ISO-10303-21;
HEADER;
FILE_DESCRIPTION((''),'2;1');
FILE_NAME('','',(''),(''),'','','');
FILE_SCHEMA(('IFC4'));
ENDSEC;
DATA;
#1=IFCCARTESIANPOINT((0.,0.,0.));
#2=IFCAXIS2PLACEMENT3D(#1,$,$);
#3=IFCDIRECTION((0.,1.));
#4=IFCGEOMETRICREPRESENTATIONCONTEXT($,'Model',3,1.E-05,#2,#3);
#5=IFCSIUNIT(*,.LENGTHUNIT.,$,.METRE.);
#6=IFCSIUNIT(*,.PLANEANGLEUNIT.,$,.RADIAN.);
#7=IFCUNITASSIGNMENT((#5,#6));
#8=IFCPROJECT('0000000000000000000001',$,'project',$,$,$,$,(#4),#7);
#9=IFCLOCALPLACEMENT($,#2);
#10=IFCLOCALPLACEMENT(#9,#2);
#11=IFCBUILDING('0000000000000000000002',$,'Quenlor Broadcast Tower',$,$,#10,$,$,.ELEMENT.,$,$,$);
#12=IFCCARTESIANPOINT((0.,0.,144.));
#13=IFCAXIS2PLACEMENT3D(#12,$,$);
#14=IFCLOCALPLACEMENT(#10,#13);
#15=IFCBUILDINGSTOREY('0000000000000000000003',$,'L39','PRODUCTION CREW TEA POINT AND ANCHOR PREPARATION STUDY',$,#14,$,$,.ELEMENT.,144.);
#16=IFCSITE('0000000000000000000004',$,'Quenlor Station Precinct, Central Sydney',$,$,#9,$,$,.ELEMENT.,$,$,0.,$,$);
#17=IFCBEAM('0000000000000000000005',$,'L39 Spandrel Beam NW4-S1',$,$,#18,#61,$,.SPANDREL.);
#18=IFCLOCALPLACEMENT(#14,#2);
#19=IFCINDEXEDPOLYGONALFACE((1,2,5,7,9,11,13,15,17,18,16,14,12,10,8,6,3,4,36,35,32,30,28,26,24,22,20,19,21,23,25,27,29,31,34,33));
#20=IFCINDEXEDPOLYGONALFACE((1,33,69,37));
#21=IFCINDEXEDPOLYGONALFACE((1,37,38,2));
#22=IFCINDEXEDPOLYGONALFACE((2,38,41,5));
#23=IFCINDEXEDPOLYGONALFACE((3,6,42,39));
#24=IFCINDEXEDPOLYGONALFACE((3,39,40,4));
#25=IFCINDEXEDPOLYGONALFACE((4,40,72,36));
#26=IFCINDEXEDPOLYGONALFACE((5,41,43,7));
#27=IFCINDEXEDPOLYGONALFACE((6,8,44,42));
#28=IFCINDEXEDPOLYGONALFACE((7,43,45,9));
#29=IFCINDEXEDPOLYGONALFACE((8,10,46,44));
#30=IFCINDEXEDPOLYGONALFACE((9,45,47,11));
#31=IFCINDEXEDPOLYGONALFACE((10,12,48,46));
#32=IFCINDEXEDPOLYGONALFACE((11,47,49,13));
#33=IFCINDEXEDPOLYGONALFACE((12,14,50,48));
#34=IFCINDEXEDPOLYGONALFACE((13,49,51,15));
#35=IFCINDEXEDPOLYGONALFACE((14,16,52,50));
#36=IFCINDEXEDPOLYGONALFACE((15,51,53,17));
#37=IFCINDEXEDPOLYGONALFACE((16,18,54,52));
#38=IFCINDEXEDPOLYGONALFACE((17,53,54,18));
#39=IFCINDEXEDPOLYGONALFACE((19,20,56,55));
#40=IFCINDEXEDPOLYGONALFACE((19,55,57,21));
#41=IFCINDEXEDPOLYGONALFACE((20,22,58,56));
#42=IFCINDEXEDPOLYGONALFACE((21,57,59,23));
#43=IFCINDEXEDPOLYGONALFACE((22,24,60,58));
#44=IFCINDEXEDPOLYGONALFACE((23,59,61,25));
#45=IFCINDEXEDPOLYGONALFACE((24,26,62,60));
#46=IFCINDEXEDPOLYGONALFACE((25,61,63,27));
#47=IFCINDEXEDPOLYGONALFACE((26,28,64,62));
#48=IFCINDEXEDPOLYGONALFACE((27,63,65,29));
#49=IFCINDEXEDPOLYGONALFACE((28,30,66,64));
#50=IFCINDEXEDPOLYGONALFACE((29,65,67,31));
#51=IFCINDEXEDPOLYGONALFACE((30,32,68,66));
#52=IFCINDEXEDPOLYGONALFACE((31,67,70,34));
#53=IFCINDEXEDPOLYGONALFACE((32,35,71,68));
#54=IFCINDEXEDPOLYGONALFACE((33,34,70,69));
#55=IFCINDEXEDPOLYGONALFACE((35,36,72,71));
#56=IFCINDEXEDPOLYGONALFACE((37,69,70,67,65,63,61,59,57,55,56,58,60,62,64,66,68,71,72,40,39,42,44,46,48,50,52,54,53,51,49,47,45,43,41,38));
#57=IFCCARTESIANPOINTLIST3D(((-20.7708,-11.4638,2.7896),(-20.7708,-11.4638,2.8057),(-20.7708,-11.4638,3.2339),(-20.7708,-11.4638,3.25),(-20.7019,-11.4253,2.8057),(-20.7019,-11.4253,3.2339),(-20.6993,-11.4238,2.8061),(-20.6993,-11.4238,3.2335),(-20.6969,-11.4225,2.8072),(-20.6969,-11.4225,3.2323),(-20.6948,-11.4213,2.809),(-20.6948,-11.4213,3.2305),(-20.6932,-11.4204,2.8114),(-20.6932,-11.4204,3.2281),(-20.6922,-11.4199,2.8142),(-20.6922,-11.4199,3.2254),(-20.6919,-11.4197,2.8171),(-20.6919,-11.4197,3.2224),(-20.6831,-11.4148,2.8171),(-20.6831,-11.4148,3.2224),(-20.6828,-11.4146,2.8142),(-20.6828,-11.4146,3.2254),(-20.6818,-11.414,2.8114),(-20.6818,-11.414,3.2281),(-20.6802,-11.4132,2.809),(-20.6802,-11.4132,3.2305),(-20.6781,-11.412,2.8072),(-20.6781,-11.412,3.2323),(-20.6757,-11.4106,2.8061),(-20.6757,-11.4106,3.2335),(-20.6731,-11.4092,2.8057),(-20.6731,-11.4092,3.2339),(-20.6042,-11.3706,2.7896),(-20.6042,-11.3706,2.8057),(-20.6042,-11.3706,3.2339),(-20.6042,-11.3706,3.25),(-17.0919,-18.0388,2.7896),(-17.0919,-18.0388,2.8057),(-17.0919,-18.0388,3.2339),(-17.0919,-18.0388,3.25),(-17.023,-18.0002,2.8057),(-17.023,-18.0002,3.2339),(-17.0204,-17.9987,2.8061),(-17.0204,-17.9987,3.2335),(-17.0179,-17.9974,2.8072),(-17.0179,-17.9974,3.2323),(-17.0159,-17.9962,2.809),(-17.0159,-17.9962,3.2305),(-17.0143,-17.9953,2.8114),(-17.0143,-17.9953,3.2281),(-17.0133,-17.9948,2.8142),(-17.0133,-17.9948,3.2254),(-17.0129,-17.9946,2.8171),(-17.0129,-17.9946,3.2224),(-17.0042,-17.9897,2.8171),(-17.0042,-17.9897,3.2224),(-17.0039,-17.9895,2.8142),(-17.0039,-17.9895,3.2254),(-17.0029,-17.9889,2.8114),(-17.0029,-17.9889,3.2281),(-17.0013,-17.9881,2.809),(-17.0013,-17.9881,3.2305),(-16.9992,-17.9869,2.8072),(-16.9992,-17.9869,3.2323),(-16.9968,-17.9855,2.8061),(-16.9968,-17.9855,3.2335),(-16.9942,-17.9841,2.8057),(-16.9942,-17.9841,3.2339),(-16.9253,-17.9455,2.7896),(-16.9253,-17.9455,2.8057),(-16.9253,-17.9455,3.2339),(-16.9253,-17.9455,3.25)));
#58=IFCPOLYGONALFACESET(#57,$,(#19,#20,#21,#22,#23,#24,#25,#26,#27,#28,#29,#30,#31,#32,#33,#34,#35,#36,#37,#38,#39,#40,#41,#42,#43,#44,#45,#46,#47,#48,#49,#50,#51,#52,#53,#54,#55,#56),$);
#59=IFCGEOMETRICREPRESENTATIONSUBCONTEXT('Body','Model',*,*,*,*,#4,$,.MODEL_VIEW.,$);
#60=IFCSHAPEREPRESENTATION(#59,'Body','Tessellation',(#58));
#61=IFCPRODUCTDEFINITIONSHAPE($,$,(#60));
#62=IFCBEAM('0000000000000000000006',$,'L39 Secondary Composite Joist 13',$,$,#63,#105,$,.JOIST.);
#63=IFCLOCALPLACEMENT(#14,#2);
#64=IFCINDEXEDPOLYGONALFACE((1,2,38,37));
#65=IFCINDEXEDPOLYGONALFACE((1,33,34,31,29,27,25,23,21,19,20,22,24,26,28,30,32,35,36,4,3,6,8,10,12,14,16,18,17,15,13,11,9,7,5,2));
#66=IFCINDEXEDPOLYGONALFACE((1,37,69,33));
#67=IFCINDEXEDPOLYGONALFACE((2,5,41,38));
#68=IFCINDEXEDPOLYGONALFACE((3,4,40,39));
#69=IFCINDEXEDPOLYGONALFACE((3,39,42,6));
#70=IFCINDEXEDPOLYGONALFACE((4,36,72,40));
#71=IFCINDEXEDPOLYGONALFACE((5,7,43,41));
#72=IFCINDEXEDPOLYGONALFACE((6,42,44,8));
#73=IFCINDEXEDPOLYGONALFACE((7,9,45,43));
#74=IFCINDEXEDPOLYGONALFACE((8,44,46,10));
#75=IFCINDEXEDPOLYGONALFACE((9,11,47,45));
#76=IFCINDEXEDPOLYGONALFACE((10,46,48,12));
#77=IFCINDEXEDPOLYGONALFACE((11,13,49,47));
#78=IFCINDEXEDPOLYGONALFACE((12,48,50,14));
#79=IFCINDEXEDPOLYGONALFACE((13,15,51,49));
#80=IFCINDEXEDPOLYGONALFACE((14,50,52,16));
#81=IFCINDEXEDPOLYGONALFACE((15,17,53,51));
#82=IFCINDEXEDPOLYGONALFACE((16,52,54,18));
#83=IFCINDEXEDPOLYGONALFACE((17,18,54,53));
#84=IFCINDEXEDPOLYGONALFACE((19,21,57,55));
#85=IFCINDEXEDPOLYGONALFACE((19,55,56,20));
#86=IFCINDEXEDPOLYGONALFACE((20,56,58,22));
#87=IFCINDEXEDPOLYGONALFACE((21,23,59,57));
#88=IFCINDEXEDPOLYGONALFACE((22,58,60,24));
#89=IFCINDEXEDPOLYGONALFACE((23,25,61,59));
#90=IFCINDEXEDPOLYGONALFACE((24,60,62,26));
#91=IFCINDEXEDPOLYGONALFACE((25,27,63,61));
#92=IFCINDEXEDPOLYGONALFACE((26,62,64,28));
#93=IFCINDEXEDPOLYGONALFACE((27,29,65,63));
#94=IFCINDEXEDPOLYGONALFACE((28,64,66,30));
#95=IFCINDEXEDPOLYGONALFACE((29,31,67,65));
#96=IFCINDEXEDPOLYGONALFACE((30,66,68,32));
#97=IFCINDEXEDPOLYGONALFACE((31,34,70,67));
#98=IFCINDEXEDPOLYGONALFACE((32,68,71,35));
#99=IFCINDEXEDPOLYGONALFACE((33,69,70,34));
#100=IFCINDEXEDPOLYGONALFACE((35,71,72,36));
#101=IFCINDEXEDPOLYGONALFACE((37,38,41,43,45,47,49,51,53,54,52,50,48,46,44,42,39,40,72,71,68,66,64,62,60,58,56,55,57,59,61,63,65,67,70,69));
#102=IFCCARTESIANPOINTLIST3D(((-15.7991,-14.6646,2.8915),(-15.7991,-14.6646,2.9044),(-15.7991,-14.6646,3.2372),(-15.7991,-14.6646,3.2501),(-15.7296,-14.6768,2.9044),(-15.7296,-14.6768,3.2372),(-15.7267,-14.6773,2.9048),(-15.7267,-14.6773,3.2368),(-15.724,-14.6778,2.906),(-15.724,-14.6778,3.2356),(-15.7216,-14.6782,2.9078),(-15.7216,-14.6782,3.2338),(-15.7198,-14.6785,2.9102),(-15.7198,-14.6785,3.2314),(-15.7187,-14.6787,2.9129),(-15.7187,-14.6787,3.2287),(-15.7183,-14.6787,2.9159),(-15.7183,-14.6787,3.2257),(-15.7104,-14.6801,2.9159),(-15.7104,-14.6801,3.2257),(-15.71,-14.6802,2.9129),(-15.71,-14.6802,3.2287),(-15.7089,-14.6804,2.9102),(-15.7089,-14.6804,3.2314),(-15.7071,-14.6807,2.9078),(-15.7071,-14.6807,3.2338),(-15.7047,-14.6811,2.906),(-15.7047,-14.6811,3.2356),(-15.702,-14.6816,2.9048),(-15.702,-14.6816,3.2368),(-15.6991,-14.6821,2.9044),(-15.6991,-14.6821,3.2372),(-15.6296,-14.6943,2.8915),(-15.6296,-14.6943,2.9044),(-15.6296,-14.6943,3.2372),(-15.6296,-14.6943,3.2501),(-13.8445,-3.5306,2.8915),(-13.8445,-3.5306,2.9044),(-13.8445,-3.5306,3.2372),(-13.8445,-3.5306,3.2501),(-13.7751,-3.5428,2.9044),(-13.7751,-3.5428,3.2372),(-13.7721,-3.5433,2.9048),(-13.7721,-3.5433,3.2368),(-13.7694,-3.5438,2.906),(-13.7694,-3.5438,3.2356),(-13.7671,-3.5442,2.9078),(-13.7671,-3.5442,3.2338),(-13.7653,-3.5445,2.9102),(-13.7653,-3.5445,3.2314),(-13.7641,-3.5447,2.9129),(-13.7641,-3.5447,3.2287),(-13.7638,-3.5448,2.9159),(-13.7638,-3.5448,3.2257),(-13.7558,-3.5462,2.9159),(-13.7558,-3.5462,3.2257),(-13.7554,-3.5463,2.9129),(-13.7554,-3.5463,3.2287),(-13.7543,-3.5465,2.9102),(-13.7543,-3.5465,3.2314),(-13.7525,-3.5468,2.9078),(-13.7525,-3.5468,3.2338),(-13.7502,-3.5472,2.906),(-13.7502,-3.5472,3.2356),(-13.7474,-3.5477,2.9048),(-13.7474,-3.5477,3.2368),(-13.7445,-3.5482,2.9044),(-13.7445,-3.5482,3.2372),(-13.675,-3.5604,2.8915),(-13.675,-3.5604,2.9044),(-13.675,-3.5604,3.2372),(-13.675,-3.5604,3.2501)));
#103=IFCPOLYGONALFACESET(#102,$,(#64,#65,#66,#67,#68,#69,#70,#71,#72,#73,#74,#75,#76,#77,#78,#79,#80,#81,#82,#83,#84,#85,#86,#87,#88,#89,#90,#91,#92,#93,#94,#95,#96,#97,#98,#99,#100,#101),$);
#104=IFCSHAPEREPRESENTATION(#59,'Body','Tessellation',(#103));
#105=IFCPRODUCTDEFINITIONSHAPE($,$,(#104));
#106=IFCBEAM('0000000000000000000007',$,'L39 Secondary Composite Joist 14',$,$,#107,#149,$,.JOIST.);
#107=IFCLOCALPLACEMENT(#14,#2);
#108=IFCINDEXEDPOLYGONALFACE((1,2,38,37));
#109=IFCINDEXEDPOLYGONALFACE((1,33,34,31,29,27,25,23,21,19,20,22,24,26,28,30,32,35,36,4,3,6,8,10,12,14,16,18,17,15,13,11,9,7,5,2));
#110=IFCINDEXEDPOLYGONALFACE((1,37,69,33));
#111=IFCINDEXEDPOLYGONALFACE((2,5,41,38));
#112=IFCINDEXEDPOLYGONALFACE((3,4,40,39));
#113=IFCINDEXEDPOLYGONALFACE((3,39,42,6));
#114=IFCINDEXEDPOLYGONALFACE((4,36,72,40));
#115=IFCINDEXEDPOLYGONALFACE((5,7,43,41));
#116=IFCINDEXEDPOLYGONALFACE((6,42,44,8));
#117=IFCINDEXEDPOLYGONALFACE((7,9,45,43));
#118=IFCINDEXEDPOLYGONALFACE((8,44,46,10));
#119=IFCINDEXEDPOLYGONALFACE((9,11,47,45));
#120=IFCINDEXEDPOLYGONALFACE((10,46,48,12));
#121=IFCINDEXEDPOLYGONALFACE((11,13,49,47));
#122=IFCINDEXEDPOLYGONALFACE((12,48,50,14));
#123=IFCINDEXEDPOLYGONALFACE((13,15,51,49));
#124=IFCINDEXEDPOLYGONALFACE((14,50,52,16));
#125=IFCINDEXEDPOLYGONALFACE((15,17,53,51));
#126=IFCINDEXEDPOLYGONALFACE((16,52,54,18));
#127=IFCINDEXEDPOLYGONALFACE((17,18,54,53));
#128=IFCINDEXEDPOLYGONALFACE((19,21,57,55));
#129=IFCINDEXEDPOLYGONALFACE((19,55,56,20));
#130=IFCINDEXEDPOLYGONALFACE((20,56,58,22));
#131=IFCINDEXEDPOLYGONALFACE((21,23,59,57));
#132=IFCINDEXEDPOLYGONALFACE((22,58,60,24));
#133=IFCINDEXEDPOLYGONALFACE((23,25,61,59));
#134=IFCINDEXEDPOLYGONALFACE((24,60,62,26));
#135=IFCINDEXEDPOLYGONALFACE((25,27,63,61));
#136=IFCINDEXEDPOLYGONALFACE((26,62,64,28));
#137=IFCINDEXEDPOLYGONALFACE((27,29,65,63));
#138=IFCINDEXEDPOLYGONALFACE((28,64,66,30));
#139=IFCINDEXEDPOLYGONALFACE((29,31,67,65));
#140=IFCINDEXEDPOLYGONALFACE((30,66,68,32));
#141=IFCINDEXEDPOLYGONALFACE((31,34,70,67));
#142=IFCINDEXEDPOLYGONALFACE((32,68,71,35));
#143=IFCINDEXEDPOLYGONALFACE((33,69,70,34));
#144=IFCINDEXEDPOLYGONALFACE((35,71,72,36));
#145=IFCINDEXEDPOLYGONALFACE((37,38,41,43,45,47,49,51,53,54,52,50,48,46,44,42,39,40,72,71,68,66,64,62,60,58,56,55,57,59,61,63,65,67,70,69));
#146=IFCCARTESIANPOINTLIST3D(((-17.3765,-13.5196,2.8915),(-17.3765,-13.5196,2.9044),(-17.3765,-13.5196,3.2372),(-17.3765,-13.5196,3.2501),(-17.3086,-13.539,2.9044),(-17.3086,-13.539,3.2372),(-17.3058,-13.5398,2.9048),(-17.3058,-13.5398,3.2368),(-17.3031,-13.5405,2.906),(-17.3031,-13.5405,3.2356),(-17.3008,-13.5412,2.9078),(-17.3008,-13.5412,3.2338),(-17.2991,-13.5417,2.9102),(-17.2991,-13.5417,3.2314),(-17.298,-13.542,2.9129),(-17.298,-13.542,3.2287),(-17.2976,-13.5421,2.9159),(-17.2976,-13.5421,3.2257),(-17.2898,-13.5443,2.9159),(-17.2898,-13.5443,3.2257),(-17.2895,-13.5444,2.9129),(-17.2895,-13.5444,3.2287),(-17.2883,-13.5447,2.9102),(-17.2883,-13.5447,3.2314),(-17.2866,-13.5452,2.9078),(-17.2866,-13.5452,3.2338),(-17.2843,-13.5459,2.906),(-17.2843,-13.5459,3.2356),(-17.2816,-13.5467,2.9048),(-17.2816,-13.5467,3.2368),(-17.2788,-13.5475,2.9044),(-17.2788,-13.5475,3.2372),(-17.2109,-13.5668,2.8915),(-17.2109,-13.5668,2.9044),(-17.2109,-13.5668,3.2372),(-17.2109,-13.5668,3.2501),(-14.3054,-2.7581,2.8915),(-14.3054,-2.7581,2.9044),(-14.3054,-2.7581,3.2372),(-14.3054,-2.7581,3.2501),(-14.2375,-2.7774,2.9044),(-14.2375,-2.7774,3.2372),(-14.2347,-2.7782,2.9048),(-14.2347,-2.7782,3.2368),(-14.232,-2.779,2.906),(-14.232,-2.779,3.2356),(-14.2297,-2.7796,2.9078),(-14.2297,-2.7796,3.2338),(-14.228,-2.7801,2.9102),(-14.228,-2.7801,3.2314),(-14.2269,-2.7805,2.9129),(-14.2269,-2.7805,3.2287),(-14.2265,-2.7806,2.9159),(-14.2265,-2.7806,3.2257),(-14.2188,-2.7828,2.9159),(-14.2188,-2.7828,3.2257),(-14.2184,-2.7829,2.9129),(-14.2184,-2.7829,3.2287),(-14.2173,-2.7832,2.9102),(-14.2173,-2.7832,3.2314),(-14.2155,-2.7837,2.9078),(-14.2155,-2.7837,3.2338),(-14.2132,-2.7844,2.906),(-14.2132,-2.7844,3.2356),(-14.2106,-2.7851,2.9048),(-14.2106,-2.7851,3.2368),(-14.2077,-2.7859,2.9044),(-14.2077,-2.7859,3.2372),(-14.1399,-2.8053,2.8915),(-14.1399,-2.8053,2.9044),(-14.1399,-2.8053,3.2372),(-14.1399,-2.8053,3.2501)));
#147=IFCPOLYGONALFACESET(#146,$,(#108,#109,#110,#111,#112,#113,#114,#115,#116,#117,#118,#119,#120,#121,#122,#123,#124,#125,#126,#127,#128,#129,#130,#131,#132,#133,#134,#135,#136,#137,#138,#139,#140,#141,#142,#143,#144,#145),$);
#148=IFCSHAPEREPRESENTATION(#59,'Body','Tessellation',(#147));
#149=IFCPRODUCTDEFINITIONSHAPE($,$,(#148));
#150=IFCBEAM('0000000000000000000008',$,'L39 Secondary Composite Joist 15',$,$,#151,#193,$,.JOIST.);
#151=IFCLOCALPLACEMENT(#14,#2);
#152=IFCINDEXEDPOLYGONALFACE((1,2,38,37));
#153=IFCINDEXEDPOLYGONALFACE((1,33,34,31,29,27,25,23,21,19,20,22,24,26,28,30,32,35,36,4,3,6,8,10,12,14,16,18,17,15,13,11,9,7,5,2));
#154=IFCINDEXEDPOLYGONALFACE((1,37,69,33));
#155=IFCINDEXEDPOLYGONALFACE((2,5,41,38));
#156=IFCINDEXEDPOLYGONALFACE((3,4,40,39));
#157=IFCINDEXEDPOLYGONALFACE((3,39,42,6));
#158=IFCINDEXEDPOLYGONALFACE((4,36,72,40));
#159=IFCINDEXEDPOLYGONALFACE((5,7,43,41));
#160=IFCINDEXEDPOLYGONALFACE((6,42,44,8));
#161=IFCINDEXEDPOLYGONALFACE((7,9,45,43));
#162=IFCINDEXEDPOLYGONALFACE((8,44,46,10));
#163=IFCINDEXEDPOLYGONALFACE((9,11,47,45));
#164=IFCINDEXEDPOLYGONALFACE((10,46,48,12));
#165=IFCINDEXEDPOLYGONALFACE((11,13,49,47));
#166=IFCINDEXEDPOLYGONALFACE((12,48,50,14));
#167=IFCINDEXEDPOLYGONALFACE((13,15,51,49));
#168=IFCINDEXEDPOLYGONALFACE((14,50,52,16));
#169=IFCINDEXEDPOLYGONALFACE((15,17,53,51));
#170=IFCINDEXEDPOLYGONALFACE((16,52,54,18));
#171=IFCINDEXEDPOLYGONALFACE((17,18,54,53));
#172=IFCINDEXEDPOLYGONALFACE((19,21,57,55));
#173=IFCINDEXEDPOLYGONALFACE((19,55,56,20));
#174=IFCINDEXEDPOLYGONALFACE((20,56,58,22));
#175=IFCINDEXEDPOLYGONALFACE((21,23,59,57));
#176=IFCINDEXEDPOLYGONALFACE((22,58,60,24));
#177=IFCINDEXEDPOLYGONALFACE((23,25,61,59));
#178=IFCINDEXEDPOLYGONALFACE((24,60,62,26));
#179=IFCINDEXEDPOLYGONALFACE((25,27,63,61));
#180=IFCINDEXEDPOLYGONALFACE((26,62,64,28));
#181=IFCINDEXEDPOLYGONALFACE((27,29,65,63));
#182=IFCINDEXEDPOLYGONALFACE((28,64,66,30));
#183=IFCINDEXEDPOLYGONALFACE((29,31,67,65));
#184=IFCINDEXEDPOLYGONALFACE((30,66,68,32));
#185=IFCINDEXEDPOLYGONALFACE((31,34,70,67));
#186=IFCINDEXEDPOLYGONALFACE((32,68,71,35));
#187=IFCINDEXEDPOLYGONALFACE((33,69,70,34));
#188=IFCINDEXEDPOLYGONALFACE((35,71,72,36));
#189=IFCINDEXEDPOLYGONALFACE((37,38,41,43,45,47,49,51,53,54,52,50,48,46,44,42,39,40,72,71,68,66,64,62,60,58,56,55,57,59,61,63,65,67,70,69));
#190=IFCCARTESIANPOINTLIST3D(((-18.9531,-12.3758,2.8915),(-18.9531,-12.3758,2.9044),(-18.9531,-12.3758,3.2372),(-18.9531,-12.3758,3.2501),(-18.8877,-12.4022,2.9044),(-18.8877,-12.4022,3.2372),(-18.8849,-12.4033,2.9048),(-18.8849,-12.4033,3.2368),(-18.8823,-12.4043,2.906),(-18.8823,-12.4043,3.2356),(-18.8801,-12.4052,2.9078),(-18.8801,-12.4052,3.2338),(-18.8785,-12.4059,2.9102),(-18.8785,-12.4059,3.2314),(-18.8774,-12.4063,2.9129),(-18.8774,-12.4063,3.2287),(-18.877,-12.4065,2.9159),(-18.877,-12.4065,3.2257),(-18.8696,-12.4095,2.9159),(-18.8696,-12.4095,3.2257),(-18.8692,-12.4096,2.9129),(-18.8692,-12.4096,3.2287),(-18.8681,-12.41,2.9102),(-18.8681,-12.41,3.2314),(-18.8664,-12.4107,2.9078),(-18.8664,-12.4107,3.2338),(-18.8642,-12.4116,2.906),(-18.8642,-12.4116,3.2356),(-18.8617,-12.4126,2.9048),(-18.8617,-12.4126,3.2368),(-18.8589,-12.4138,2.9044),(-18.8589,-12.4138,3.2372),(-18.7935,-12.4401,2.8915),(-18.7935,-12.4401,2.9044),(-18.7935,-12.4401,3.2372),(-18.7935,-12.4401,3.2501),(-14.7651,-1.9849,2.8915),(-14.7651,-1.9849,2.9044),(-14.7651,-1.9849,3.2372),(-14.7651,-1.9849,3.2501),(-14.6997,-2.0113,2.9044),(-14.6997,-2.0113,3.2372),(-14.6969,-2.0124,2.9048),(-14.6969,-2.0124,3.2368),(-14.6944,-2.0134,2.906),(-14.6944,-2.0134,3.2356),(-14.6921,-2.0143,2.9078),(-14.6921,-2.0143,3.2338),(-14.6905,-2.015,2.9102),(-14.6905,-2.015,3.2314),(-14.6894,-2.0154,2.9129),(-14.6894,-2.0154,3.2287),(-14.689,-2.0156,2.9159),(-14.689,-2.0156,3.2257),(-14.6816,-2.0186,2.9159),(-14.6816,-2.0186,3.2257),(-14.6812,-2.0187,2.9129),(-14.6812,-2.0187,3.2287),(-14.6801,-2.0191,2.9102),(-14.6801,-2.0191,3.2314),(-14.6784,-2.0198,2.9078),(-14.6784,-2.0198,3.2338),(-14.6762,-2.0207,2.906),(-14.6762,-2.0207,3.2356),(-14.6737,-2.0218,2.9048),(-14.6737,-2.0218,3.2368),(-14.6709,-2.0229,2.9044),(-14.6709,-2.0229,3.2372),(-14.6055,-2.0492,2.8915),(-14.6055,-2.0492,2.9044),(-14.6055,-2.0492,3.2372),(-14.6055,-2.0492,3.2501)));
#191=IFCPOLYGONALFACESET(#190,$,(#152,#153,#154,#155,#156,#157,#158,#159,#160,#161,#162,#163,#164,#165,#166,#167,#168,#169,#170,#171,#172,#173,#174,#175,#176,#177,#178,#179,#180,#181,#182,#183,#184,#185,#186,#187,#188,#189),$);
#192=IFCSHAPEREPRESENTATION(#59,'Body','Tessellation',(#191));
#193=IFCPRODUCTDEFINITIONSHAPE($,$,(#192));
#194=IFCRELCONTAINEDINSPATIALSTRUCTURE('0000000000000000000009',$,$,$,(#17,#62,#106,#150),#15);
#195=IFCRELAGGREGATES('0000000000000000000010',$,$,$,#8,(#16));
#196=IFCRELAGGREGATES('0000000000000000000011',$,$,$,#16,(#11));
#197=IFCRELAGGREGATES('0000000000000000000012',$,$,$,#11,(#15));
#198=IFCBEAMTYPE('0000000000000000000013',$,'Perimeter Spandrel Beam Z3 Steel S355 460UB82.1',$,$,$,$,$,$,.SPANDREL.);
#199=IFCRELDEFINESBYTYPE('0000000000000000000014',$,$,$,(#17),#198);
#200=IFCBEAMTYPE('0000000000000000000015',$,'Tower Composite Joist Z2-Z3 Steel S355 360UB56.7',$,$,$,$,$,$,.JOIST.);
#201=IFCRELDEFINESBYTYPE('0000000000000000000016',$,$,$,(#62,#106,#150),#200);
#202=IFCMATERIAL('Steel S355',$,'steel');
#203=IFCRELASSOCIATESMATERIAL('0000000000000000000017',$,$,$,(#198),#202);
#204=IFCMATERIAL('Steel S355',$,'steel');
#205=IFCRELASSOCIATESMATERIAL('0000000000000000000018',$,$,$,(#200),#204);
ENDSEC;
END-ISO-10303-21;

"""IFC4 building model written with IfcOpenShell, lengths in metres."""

from ifc_helpers import new_model, si_unit, direction, frame, origin, origin_2d, place, context, subcontext, project, spatial, i_section, extrude, material, material_profile, profile_set, type_object, element, save


model = new_model("IFC4")

# Units and contexts
model_context = context("Model", 3, precision=1e-05, world=origin(), true_north=direction((0.0, 1.0)))
body_context = subcontext(model_context, "Body", "Model", "MODEL_VIEW")
ifc_project = project(units=[si_unit("LENGTHUNIT", "METRE"), si_unit("PLANEANGLEUNIT", "RADIAN")], contexts=[model_context])

# Site, building, storey
site_placement = place(None, origin())
site = spatial("IfcSite", under=ifc_project, at=site_placement, Name="Quenlor Station Precinct, Central Sydney", CompositionType="ELEMENT", RefElevation=0.0)
building_placement = place(site_placement, origin())
building = spatial("IfcBuilding", under=site, at=building_placement, Name="Quenlor Broadcast Tower", CompositionType="ELEMENT")
storey_placement = place(building_placement, frame((0.0, 0.0, 144.0)))
storey = spatial("IfcBuildingStorey", under=building, at=storey_placement, Name="L39", Description="PRODUCTION CREW TEA POINT AND ANCHOR PREPARATION STUDY", CompositionType="ELEMENT", Elevation=144.0)

# Beams
ifc_material_1 = material(Name="Steel S355", Category="steel")
ifc_material_profile_1 = material_profile(ifc_material_1, i_section(OverallWidth=0.1909, OverallDepth=0.4604, WebThickness=0.01, FlangeThickness=0.0161, FilletRadius=0.0115, at=origin_2d()))
ifc_profile_set_1 = profile_set([ifc_material_profile_1], Name="Steel S355 460UB82.1")
beam_type_1 = type_object("IfcBeamType", Name="Perimeter Spandrel Beam Z3 Steel S355 460UB82.1", PredefinedType="SPANDREL", material=ifc_profile_set_1)
beam_1_placement = place(storey_placement, frame((-20.6875, -11.4172, 3.0198), z_axis=(0.488298, -0.872677, 0.0), x_axis=(0.872677, 0.488298, 0.0)))
element("IfcBeam", 1, at=beam_1_placement, inside=storey, type_object=beam_type_1, Name="L39 Spandrel Beam NW4-S1", PredefinedType="SPANDREL", context=body_context, shape_type="SweptSolid", body=[
    extrude(i_section(OverallWidth=0.1909, OverallDepth=0.4604, WebThickness=0.01, FlangeThickness=0.0161, FilletRadius=0.0115, at=origin_2d()), origin(), (0.0, 0.0, 1.0), 7.5342),
])
ifc_material_2 = material(Name="Steel S355", Category="steel")
ifc_material_profile_2 = material_profile(ifc_material_2, i_section(OverallWidth=0.1721, OverallDepth=0.3586, WebThickness=0.0081, FlangeThickness=0.0129, FilletRadius=0.0115, at=origin_2d()))
ifc_profile_set_2 = profile_set([ifc_material_profile_2], Name="Steel S355 360UB56.7")
beam_type_2 = type_object("IfcBeamType", Name="Tower Composite Joist Z2-Z3 Steel S355 360UB56.7", PredefinedType="JOIST", material=ifc_profile_set_2)
beam_2_placement = place(storey_placement, frame((-15.7144, -14.6794, 3.0708), z_axis=(0.172907, 0.984938, 0.0), x_axis=(-0.984938, 0.172907, 0.0)))
element("IfcBeam", 2, at=beam_2_placement, inside=storey, type_object=beam_type_2, Name="L39 Secondary Composite Joist 13", PredefinedType="JOIST", context=body_context, shape_type="SweptSolid", body=[
    extrude(i_section(OverallWidth=0.1721, OverallDepth=0.3586, WebThickness=0.0081, FlangeThickness=0.0129, FilletRadius=0.0115, at=origin_2d()), origin(), (0.0, 0.0, 1.0), 11.3042),
])
beam_3_placement = place(storey_placement, frame((-17.2937, -13.5432, 3.0708), z_axis=(0.274419, 0.96161, 0.0), x_axis=(-0.96161, 0.274419, 0.0)))
element("IfcBeam", 3, at=beam_3_placement, inside=storey, type_object=beam_type_2, Name="L39 Secondary Composite Joist 14", PredefinedType="JOIST", context=body_context, shape_type="SweptSolid", body=[
    extrude(i_section(OverallWidth=0.1721, OverallDepth=0.3586, WebThickness=0.0081, FlangeThickness=0.0129, FilletRadius=0.0115, at=origin_2d()), origin(), (0.0, 0.0, 1.0), 11.1912),
])
beam_4_placement = place(storey_placement, frame((-18.8733, -12.408, 3.0708), z_axis=(0.373824, 0.9275, 0.0), x_axis=(-0.9275, 0.373824, 0.0)))
element("IfcBeam", 4, at=beam_4_placement, inside=storey, type_object=beam_type_2, Name="L39 Secondary Composite Joist 15", PredefinedType="JOIST", context=body_context, shape_type="SweptSolid", body=[
    extrude(i_section(OverallWidth=0.1721, OverallDepth=0.3586, WebThickness=0.0081, FlangeThickness=0.0129, FilletRadius=0.0115, at=origin_2d()), origin(), (0.0, 0.0, 1.0), 11.2031),
])

save(model, "model.ifc")
